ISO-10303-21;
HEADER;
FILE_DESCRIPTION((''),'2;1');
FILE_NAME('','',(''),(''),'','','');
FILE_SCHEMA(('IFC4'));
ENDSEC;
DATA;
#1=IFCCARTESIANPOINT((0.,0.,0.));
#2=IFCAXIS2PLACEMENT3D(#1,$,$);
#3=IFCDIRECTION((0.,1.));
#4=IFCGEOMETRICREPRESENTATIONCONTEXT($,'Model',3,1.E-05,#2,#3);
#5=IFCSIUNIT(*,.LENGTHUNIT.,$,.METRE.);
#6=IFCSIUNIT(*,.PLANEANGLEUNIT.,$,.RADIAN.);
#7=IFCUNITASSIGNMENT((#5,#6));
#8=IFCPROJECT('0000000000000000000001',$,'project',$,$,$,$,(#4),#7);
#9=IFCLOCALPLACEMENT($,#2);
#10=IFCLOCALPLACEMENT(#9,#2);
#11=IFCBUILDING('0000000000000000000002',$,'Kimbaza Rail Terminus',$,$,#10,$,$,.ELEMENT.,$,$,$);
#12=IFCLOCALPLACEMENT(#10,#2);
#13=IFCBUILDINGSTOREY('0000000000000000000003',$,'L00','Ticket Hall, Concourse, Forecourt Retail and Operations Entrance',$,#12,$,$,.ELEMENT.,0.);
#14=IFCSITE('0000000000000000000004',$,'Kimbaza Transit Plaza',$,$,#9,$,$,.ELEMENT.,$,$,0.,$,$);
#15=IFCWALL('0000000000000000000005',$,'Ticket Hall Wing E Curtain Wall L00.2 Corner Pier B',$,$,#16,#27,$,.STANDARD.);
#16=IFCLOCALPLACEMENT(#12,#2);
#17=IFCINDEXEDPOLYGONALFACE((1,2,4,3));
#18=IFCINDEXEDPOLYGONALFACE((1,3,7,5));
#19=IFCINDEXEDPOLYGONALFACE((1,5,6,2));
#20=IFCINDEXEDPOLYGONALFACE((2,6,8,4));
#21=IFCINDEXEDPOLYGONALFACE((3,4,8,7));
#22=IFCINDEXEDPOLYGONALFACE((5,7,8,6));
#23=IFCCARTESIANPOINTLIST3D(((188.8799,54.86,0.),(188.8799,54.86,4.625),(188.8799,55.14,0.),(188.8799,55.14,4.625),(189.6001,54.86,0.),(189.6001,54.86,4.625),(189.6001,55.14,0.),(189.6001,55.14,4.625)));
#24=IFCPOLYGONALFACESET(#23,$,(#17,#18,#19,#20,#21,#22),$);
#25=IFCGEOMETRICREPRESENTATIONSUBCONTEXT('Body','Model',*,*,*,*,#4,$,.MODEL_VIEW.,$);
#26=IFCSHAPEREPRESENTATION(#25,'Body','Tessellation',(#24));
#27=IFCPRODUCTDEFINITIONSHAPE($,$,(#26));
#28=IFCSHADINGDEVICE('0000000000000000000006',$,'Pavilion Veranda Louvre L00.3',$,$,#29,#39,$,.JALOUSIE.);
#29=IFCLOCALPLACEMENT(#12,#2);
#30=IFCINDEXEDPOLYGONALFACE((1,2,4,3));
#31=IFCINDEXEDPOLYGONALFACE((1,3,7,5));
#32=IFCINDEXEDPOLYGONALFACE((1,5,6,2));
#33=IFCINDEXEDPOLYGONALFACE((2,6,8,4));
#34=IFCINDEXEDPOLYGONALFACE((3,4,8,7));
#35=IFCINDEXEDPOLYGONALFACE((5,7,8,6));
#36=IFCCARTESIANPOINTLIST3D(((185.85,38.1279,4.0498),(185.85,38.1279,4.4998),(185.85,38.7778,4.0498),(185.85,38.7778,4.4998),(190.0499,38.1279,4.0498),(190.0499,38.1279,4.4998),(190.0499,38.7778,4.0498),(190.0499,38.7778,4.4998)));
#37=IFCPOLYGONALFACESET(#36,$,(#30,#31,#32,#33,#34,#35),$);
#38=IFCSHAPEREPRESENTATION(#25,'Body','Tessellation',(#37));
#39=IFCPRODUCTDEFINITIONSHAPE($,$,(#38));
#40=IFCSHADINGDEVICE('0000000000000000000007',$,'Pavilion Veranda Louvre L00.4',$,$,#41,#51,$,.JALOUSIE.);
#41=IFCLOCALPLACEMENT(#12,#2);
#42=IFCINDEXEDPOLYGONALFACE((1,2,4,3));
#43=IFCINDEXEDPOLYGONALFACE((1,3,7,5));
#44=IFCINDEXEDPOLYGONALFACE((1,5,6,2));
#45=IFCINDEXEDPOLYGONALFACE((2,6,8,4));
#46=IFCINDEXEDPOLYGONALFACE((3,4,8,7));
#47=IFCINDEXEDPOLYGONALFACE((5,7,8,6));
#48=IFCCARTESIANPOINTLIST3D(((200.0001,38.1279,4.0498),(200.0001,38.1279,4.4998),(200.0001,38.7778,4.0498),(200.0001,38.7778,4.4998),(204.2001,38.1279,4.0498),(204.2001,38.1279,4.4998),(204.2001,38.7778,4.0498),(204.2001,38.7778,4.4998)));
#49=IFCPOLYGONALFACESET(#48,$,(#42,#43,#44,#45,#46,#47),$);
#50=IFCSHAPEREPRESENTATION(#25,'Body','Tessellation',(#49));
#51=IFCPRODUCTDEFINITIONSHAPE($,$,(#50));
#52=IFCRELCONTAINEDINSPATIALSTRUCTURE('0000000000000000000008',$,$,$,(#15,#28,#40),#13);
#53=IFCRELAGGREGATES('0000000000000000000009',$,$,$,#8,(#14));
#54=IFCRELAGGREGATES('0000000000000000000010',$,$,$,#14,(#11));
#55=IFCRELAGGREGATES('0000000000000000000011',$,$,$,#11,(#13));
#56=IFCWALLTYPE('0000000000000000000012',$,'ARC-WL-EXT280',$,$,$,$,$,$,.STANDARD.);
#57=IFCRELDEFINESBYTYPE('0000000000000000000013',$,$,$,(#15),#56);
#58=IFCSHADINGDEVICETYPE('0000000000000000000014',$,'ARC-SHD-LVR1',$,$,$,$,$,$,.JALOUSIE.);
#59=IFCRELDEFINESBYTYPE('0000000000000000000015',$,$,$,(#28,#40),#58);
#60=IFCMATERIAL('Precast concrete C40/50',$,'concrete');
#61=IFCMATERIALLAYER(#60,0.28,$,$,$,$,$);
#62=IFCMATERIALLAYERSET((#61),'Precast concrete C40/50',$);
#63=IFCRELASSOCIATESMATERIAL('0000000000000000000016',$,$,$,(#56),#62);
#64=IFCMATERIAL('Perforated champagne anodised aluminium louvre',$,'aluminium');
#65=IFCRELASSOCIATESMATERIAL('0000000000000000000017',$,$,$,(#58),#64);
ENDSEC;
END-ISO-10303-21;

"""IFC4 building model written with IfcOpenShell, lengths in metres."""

from ifc_helpers import new_model, si_unit, direction, frame, frame_2d, origin, origin_2d, place, context, subcontext, project, spatial, rectangle, extrude, material, layer, layer_set, type_object, element, save


model = new_model("IFC4")

# Units and contexts
model_context = context("Model", 3, precision=1e-05, world=origin(), true_north=direction((0.0, 1.0)))
body_context = subcontext(model_context, "Body", "Model", "MODEL_VIEW")
ifc_project = project(units=[si_unit("LENGTHUNIT", "METRE"), si_unit("PLANEANGLEUNIT", "RADIAN")], contexts=[model_context])

# Site, building, storey
site_placement = place(None, origin())
site = spatial("IfcSite", under=ifc_project, at=site_placement, Name="Kimbaza Transit Plaza", CompositionType="ELEMENT", RefElevation=0.0)
building_placement = place(site_placement, origin())
building = spatial("IfcBuilding", under=site, at=building_placement, Name="Kimbaza Rail Terminus", CompositionType="ELEMENT")
storey_placement = place(building_placement, origin())
storey = spatial("IfcBuildingStorey", under=building, at=storey_placement, Name="L00", Description="Ticket Hall, Concourse, Forecourt Retail and Operations Entrance", CompositionType="ELEMENT", Elevation=0.0)

# Wall
ifc_material_1 = material(Name="Precast concrete C40/50", Category="concrete")
ifc_layer_1 = layer(ifc_material_1, 0.28)
ifc_layer_set_1 = layer_set([ifc_layer_1], Name="Precast concrete C40/50")
wall_type_1 = type_object("IfcWallType", Name="ARC-WL-EXT280", PredefinedType="STANDARD", material=ifc_layer_set_1)
wall_1_placement = place(storey_placement, frame((188.8799, 55.0, 0.0), z_axis=(0.0, 0.0, 1.0), x_axis=(1.0, 0.0, 0.0)))
element("IfcWall", 1, at=wall_1_placement, inside=storey, type_object=wall_type_1, Name="Ticket Hall Wing E Curtain Wall L00.2 Corner Pier B", PredefinedType="STANDARD", context=body_context, shape_type="SweptSolid", body=[
    extrude(rectangle(XDim=0.7202, YDim=0.28, at=frame_2d((0.3601, 0.0))), origin(), (0.0, 0.0, 1.0), 4.625),
])

# Shading devices
ifc_material_2 = material(Name="Perforated champagne anodised aluminium louvre", Category="aluminium")
shading_device_type = type_object("IfcShadingDeviceType", Name="ARC-SHD-LVR1", PredefinedType="JALOUSIE", material=ifc_material_2)
for number, where, z_axis, x_axis, name in (
    (2, (187.95, 38.4529, 4.0498), (0.0, 0.0, 1.0), (1.0, 0.0, 0.0), "Pavilion Veranda Louvre L00.3"),
    (3, (202.1001, 38.4529, 4.0498), (0.0, 0.0, 1.0), (1.0, 0.0, 0.0), "Pavilion Veranda Louvre L00.4"),
):
    element("IfcShadingDevice", number, at=place(storey_placement, frame(where, z_axis=z_axis, x_axis=x_axis)), inside=storey, type_object=shading_device_type, Name=name, PredefinedType="JALOUSIE", context=body_context, shape_type="SweptSolid", body=[
        extrude(rectangle(XDim=4.2, YDim=0.6499, at=origin_2d()), origin(), (0.0, 0.0, 1.0), 0.45),
    ])

save(model, "model.ifc")
